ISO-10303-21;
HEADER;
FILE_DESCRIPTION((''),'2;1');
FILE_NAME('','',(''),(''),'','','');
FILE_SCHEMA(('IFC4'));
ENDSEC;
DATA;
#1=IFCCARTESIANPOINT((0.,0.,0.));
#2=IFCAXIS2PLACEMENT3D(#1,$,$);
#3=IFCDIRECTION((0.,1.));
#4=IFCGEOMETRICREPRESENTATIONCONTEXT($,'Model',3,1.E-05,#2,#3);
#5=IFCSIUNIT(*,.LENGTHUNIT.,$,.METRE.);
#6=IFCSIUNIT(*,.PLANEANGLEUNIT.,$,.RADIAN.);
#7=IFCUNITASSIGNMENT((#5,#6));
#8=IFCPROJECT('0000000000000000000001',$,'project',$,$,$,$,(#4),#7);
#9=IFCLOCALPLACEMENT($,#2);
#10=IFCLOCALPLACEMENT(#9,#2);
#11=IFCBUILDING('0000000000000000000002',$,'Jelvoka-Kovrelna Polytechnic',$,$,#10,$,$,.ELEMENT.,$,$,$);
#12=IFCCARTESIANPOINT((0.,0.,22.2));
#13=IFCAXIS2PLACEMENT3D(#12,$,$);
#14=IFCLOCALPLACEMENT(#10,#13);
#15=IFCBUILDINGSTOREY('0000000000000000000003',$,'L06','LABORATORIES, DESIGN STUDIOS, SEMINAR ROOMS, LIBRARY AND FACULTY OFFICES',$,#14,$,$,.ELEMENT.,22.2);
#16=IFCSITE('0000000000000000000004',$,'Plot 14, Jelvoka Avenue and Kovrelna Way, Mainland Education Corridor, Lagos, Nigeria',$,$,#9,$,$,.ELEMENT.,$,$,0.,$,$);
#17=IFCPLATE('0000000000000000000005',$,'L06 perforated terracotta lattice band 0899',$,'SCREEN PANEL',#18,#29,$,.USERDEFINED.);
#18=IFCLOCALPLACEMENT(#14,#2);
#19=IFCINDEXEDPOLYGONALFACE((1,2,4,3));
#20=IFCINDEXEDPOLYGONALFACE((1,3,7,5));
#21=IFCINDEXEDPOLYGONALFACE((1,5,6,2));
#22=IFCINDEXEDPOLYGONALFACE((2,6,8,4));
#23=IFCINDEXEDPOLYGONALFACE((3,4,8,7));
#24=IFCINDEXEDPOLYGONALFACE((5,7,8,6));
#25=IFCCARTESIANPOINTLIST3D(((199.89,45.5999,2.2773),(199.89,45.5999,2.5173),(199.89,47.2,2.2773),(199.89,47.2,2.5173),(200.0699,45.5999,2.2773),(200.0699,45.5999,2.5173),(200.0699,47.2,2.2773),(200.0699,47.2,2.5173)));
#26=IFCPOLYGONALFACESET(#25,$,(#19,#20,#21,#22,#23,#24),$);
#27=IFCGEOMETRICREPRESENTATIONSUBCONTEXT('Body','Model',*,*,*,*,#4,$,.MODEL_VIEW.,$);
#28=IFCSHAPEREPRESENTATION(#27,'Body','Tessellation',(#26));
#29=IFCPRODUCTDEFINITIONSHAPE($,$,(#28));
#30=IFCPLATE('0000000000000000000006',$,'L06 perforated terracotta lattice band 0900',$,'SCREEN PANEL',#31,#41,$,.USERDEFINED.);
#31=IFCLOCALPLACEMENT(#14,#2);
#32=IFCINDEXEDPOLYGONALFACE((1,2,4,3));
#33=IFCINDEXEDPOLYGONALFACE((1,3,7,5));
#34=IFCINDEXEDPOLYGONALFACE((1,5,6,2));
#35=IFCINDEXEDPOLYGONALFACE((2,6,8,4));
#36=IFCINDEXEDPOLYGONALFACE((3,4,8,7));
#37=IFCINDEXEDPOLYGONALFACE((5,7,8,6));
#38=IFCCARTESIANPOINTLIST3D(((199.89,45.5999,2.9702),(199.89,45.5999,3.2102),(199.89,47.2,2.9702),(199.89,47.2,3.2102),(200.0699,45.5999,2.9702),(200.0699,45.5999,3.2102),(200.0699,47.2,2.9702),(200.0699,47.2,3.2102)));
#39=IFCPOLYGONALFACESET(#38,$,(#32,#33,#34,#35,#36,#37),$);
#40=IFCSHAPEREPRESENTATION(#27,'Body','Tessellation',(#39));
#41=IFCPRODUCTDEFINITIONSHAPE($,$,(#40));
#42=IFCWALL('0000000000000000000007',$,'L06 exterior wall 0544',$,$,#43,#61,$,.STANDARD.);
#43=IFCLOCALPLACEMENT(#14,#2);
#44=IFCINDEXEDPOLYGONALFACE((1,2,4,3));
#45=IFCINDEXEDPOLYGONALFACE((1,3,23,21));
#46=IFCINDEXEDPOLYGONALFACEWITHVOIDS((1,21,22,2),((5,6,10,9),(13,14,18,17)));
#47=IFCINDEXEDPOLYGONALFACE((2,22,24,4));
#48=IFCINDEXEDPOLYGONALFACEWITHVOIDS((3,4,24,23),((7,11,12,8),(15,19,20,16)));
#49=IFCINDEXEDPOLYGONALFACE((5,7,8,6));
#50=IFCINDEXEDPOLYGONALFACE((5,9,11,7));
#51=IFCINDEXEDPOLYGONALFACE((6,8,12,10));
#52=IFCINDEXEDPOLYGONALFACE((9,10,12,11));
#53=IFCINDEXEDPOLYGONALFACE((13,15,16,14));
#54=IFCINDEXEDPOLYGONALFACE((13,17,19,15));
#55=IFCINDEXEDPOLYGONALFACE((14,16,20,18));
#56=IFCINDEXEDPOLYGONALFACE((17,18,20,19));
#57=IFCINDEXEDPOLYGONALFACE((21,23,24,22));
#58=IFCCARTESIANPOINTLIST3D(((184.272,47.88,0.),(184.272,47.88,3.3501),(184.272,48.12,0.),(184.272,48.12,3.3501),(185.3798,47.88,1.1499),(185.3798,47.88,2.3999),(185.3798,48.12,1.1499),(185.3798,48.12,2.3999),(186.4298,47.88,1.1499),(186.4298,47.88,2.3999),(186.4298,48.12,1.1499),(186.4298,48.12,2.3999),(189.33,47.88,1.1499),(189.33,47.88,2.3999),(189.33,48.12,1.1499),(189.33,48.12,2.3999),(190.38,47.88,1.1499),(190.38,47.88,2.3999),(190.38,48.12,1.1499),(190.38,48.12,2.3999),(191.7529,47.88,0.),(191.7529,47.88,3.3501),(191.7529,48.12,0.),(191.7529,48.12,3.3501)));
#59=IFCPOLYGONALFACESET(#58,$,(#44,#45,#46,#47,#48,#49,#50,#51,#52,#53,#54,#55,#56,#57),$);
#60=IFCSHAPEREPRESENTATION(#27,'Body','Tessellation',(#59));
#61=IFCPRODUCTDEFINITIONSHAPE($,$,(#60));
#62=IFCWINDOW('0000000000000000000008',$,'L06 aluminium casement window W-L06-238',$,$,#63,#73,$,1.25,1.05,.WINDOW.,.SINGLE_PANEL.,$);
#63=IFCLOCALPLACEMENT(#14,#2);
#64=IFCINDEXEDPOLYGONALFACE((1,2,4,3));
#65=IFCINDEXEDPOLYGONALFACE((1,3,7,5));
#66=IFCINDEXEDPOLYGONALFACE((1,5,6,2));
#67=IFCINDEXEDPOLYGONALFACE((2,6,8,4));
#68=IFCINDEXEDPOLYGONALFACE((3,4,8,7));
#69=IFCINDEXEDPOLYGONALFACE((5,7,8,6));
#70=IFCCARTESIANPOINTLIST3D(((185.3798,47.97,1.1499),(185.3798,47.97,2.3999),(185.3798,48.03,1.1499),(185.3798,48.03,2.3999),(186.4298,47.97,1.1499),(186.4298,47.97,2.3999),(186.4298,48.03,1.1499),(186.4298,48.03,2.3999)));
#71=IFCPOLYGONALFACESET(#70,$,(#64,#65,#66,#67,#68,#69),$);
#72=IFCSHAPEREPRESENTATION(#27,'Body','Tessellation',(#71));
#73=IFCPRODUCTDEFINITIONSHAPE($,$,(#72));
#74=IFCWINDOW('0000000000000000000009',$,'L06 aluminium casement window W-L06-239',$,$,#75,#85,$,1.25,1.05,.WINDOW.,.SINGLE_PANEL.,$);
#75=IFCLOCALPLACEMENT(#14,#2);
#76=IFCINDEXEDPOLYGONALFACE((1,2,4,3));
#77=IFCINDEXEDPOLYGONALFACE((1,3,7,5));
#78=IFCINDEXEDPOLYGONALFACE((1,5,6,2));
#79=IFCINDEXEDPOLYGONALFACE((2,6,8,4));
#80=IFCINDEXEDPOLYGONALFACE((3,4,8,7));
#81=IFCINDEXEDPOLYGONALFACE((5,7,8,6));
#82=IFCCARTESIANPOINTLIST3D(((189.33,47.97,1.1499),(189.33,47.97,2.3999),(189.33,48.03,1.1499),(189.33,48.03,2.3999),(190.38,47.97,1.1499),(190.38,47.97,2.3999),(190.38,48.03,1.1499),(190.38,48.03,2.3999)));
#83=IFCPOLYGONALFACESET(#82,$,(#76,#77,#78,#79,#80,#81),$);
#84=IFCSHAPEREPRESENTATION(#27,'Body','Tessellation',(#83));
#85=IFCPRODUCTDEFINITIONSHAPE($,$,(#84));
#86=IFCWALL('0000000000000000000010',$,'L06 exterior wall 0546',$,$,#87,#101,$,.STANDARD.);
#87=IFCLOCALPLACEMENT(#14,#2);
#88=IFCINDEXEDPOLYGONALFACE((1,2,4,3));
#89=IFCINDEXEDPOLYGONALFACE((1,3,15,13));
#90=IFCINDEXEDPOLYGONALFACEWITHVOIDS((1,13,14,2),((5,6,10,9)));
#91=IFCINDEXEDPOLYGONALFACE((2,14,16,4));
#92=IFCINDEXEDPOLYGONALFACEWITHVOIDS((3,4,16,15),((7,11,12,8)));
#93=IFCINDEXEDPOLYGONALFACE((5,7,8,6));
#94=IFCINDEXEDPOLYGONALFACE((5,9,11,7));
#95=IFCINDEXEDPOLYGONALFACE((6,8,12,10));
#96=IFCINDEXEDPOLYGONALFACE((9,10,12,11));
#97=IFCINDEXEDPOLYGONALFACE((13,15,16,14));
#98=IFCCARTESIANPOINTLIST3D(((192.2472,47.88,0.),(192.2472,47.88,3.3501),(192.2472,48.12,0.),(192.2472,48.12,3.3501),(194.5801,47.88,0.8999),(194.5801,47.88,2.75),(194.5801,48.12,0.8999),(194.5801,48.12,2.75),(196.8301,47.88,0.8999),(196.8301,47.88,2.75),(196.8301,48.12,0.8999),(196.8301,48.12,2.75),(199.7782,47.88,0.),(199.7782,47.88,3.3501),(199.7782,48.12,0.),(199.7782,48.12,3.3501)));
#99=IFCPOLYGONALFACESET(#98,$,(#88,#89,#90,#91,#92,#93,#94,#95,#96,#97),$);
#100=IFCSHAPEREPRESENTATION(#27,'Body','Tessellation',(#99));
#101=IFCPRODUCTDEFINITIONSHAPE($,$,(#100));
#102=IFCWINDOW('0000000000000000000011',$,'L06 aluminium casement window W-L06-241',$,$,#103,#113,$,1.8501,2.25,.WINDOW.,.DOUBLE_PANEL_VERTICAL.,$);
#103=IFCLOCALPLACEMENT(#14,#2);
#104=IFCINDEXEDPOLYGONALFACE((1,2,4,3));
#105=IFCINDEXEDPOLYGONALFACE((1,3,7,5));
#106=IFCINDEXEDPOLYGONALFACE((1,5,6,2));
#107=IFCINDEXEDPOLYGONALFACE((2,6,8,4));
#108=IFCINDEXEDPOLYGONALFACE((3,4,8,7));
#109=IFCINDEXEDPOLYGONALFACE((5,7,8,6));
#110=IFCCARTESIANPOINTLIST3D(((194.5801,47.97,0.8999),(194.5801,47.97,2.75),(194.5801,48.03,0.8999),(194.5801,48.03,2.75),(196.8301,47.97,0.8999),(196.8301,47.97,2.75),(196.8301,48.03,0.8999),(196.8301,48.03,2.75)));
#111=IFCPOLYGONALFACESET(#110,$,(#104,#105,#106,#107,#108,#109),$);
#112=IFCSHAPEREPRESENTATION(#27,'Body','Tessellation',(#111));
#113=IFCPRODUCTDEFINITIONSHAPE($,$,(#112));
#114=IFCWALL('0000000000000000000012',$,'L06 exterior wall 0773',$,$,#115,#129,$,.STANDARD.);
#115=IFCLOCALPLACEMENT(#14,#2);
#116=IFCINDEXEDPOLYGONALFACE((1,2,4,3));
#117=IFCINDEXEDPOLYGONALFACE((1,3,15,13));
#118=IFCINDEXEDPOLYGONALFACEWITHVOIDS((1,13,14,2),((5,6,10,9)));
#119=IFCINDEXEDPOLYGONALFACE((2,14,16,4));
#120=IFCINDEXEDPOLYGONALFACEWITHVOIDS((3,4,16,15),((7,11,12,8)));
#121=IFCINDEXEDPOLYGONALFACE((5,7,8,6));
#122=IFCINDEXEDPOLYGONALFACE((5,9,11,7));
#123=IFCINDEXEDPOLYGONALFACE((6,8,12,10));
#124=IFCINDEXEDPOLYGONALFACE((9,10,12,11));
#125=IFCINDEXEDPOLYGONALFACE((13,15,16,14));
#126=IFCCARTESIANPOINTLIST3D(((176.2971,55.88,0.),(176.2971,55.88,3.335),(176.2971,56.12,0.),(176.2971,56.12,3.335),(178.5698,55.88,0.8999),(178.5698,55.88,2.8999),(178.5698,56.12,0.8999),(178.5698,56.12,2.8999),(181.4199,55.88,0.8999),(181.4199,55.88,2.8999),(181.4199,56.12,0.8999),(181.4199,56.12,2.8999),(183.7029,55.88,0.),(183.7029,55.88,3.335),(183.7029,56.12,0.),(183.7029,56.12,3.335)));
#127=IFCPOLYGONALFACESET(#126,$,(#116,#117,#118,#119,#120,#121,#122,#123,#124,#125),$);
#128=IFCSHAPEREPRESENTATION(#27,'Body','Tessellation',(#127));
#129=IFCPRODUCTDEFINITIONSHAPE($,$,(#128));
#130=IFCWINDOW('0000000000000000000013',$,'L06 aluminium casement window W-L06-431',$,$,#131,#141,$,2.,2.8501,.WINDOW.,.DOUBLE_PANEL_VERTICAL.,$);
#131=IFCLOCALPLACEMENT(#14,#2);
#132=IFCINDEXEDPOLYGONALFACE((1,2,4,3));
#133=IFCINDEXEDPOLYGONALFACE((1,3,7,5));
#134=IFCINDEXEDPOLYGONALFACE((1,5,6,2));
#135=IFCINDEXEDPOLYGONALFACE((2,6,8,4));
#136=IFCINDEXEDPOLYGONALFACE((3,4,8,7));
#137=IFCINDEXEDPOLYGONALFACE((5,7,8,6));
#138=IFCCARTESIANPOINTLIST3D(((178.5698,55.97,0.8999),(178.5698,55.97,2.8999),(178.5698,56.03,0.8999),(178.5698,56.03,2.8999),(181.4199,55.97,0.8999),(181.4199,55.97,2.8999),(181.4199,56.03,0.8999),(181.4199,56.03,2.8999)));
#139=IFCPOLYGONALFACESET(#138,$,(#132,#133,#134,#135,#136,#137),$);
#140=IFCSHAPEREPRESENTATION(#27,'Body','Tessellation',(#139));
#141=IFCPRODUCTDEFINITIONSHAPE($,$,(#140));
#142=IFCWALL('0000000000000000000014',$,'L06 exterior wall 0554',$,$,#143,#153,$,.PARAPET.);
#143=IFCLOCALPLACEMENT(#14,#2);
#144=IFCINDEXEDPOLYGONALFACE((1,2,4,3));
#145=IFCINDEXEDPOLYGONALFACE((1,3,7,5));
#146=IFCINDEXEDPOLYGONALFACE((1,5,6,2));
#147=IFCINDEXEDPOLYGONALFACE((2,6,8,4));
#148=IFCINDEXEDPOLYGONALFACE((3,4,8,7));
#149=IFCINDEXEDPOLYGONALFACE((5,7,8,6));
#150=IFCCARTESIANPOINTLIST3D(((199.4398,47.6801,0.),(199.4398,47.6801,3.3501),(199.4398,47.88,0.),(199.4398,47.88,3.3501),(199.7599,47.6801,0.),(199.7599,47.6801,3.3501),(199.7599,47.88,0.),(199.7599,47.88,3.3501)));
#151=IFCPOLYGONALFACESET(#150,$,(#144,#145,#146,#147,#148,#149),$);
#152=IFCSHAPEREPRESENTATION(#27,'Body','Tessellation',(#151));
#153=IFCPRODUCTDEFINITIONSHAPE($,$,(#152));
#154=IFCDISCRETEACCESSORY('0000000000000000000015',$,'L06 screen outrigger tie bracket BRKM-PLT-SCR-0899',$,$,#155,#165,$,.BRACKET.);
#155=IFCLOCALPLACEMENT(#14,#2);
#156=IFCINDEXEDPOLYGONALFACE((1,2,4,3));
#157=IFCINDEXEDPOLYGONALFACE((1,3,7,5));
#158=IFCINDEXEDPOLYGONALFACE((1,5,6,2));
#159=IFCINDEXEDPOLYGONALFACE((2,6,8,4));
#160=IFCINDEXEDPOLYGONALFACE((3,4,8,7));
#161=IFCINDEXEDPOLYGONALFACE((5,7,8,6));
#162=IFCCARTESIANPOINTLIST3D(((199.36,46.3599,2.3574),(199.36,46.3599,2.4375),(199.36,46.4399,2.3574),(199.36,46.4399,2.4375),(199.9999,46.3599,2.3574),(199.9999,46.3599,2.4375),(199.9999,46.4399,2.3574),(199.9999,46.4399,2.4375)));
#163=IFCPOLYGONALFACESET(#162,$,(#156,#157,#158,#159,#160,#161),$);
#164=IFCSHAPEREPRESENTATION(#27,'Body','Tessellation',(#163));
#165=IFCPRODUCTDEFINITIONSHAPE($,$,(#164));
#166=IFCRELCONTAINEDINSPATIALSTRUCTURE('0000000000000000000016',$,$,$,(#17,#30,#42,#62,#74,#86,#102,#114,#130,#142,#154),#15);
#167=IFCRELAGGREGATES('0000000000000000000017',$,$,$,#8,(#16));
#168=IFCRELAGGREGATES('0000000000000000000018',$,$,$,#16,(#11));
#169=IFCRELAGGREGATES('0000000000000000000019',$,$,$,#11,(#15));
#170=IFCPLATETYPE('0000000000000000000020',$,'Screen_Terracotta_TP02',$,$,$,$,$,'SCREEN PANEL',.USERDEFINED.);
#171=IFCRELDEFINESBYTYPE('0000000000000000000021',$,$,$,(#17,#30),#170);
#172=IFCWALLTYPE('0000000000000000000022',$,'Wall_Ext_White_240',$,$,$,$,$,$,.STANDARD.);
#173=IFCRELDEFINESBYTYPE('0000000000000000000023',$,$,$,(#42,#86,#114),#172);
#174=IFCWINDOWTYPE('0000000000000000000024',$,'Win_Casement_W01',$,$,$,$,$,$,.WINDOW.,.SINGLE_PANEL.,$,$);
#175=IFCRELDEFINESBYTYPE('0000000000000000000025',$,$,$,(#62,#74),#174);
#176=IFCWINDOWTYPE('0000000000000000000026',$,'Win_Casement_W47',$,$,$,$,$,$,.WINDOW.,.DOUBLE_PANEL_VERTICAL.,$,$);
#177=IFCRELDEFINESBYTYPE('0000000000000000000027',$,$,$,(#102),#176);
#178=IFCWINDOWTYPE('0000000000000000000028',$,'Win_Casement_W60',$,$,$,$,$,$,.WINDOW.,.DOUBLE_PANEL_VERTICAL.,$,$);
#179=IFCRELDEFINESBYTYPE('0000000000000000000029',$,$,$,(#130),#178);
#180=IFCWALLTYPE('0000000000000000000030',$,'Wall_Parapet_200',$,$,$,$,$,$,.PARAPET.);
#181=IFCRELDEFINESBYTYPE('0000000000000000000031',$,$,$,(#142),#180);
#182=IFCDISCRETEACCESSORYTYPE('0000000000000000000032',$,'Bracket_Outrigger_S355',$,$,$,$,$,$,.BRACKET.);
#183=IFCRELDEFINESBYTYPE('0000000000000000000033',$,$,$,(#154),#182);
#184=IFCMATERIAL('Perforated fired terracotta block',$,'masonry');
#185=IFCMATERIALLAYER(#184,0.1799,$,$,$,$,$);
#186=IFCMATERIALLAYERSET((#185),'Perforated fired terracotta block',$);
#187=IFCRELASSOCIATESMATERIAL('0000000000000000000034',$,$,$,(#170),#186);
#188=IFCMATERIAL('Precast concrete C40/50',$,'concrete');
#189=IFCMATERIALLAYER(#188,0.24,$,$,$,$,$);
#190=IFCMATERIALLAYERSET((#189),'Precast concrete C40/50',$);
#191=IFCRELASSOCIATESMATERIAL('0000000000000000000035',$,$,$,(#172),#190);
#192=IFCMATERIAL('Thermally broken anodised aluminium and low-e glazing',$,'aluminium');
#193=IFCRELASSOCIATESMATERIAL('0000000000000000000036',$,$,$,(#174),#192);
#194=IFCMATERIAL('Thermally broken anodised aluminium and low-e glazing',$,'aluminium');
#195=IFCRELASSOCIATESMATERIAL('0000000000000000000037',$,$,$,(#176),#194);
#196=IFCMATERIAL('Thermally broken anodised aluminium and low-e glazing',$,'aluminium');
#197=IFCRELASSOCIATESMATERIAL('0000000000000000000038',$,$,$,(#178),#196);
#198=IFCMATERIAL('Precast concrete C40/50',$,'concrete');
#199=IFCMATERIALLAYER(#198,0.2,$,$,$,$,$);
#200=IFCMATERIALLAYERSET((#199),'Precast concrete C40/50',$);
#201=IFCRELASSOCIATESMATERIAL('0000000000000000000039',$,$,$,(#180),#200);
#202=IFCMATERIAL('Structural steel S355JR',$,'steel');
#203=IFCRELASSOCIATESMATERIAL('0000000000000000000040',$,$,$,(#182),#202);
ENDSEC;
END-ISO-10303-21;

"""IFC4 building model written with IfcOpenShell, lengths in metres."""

from ifc_helpers import new_model, si_unit, direction, frame, frame_2d, origin, origin_2d, place, context, subcontext, project, spatial, rectangle, extrude, material, layer, layer_set, type_object, element, fill, save


model = new_model("IFC4")

# Units and contexts
model_context = context("Model", 3, precision=1e-05, world=origin(), true_north=direction((0.0, 1.0)))
body_context = subcontext(model_context, "Body", "Model", "MODEL_VIEW")
ifc_project = project(units=[si_unit("LENGTHUNIT", "METRE"), si_unit("PLANEANGLEUNIT", "RADIAN")], contexts=[model_context])

# Site, building, storey
site_placement = place(None, origin())
site = spatial("IfcSite", under=ifc_project, at=site_placement, Name="Plot 14, Jelvoka Avenue and Kovrelna Way, Mainland Education Corridor, Lagos, Nigeria", CompositionType="ELEMENT", RefElevation=0.0)
building_placement = place(site_placement, origin())
building = spatial("IfcBuilding", under=site, at=building_placement, Name="Jelvoka-Kovrelna Polytechnic", CompositionType="ELEMENT")
storey_placement = place(building_placement, frame((0.0, 0.0, 22.2)))
storey = spatial("IfcBuildingStorey", under=building, at=storey_placement, Name="L06", Description="LABORATORIES, DESIGN STUDIOS, SEMINAR ROOMS, LIBRARY AND FACULTY OFFICES", CompositionType="ELEMENT", Elevation=22.2)

# Plates
ifc_material_1 = material(Name="Perforated fired terracotta block", Category="masonry")
ifc_layer_1 = layer(ifc_material_1, 0.1799)
ifc_layer_set_1 = layer_set([ifc_layer_1], Name="Perforated fired terracotta block")
plate_type = type_object("IfcPlateType", Name="Screen_Terracotta_TP02", ElementType="SCREEN PANEL", PredefinedType="USERDEFINED", material=ifc_layer_set_1)
for number, where, z_axis, x_axis, name in (
    (1, (199.98, 46.3999, 2.2773), (0.0, 0.0, 1.0), (0.0, 1.0, 0.0), "L06 perforated terracotta lattice band 0899"),
    (2, (199.98, 46.3999, 2.9702), (0.0, 0.0, 1.0), (0.0, 1.0, 0.0), "L06 perforated terracotta lattice band 0900"),
):
    element("IfcPlate", number, at=place(storey_placement, frame(where, z_axis=z_axis, x_axis=x_axis)), inside=storey, type_object=plate_type, Name=name, ObjectType="SCREEN PANEL", PredefinedType="USERDEFINED", context=body_context, shape_type="SweptSolid", body=[
        extrude(rectangle(XDim=1.6001, YDim=0.1799, at=origin_2d()), origin(), (0.0, 0.0, 1.0), 0.24),
    ])

# Wall, openings, windows
ifc_material_2 = material(Name="Precast concrete C40/50", Category="concrete")
ifc_layer_2 = layer(ifc_material_2, 0.24)
ifc_layer_set_2 = layer_set([ifc_layer_2], Name="Precast concrete C40/50")
wall_type_1 = type_object("IfcWallType", Name="Wall_Ext_White_240", PredefinedType="STANDARD", material=ifc_layer_set_2)
wall_1_placement = place(storey_placement, frame((184.272, 48.0, 0.0), z_axis=(0.0, 0.0, 1.0), x_axis=(1.0, 0.0, 0.0)))
wall_1 = element("IfcWall", 3, at=wall_1_placement, inside=storey, type_object=wall_type_1, Name="L06 exterior wall 0544", PredefinedType="STANDARD", context=body_context, shape_type="SweptSolid", body=[
    extrude(rectangle(XDim=7.481, YDim=0.24, at=frame_2d((3.7405, 0.0))), origin(), (0.0, 0.0, 1.0), 3.3501),
])
opening_1_placement = place(wall_1_placement, frame((1.1079, 0.0, 1.1499)))
opening_1 = element("IfcOpeningElement", 4, at=opening_1_placement, cuts=wall_1, PredefinedType="OPENING", context=body_context, shape_type="SweptSolid", body=[
    extrude(rectangle(XDim=1.05, YDim=1.25, at=frame_2d((0.5249, 0.625))), frame((0.0, 0.1301, 0.0), z_axis=(0.0, -1.0, 0.0), x_axis=(1.0, 0.0, 0.0)), (0.0, 0.0, 1.0), 0.26),
])
opening_2_placement = place(wall_1_placement, frame((5.0581, 0.0, 1.1499)))
opening_2 = element("IfcOpeningElement", 5, at=opening_2_placement, cuts=wall_1, PredefinedType="OPENING", context=body_context, shape_type="SweptSolid", body=[
    extrude(rectangle(XDim=1.05, YDim=1.25, at=frame_2d((0.5249, 0.625))), frame((0.0, 0.1301, 0.0), z_axis=(0.0, -1.0, 0.0), x_axis=(1.0, 0.0, 0.0)), (0.0, 0.0, 1.0), 0.26),
])
ifc_material_3 = material(Name="Thermally broken anodised aluminium and low-e glazing", Category="aluminium")
window_type_1 = type_object("IfcWindowType", Name="Win_Casement_W01", PartitioningType="SINGLE_PANEL", PredefinedType="WINDOW", material=ifc_material_3)
window_1_placement = place(opening_1_placement, origin())
window_1 = element("IfcWindow", 6, at=window_1_placement, inside=storey, type_object=window_type_1, Name="L06 aluminium casement window W-L06-238", OverallHeight=1.25, OverallWidth=1.05, PartitioningType="SINGLE_PANEL", PredefinedType="WINDOW", context=body_context, shape_type="SweptSolid", body=[
    extrude(rectangle(XDim=1.05, YDim=1.25, at=frame_2d((0.5249, 0.625))), frame((0.0, 0.03, 0.0), z_axis=(0.0, -1.0, 0.0), x_axis=(1.0, 0.0, 0.0)), (0.0, 0.0, 1.0), 0.0601),
])
fill(opening_1, window_1)
window_2_placement = place(opening_2_placement, origin())
window_2 = element("IfcWindow", 7, at=window_2_placement, inside=storey, type_object=window_type_1, Name="L06 aluminium casement window W-L06-239", OverallHeight=1.25, OverallWidth=1.05, PartitioningType="SINGLE_PANEL", PredefinedType="WINDOW", context=body_context, shape_type="SweptSolid", body=[
    extrude(rectangle(XDim=1.05, YDim=1.25, at=frame_2d((0.5249, 0.625))), frame((0.0, 0.03, 0.0), z_axis=(0.0, -1.0, 0.0), x_axis=(1.0, 0.0, 0.0)), (0.0, 0.0, 1.0), 0.0601),
])
fill(opening_2, window_2)

# Walls, openings, windows
wall_2_placement = place(storey_placement, frame((192.2471, 48.0, 0.0), z_axis=(0.0, 0.0, 1.0), x_axis=(1.0, 0.0, 0.0)))
wall_2 = element("IfcWall", 8, at=wall_2_placement, inside=storey, type_object=wall_type_1, Name="L06 exterior wall 0546", PredefinedType="STANDARD", context=body_context, shape_type="SweptSolid", body=[
    extrude(rectangle(XDim=7.531, YDim=0.24, at=frame_2d((3.7656, 0.0))), origin(), (0.0, 0.0, 1.0), 3.3501),
])
opening_3_placement = place(wall_2_placement, frame((2.333, 0.0, 0.8999)))
opening_3 = element("IfcOpeningElement", 9, at=opening_3_placement, cuts=wall_2, PredefinedType="OPENING", context=body_context, shape_type="SweptSolid", body=[
    extrude(rectangle(XDim=2.25, YDim=1.8501, at=frame_2d((1.125, 0.925))), frame((0.0, 0.1301, 0.0), z_axis=(0.0, -1.0, 0.0), x_axis=(1.0, 0.0, 0.0)), (0.0, 0.0, 1.0), 0.26),
])
ifc_material_4 = material(Name="Thermally broken anodised aluminium and low-e glazing", Category="aluminium")
window_type_2 = type_object("IfcWindowType", Name="Win_Casement_W47", PartitioningType="DOUBLE_PANEL_VERTICAL", PredefinedType="WINDOW", material=ifc_material_4)
window_3_placement = place(opening_3_placement, origin())
window_3 = element("IfcWindow", 10, at=window_3_placement, inside=storey, type_object=window_type_2, Name="L06 aluminium casement window W-L06-241", OverallHeight=1.8501, OverallWidth=2.25, PartitioningType="DOUBLE_PANEL_VERTICAL", PredefinedType="WINDOW", context=body_context, shape_type="SweptSolid", body=[
    extrude(rectangle(XDim=2.25, YDim=1.8501, at=frame_2d((1.125, 0.925))), frame((0.0, 0.03, 0.0), z_axis=(0.0, -1.0, 0.0), x_axis=(1.0, 0.0, 0.0)), (0.0, 0.0, 1.0), 0.0601),
])
fill(opening_3, window_3)
wall_3_placement = place(storey_placement, frame((183.7029, 56.0, 0.0), z_axis=(0.0, 0.0, 1.0), x_axis=(-1.0, 0.0, 0.0)))
wall_3 = element("IfcWall", 11, at=wall_3_placement, inside=storey, type_object=wall_type_1, Name="L06 exterior wall 0773", PredefinedType="STANDARD", context=body_context, shape_type="SweptSolid", body=[
    extrude(rectangle(XDim=7.4058, YDim=0.24, at=frame_2d((3.7029, 0.0))), origin(), (0.0, 0.0, 1.0), 3.335),
])
opening_4_placement = place(wall_3_placement, frame((2.283, 0.0, 0.8999)))
opening_4 = element("IfcOpeningElement", 12, at=opening_4_placement, cuts=wall_3, PredefinedType="OPENING", context=body_context, shape_type="SweptSolid", body=[
    extrude(rectangle(XDim=2.8501, YDim=2.0, at=frame_2d((1.425, 1.0))), frame((0.0, 0.1301, 0.0), z_axis=(0.0, -1.0, 0.0), x_axis=(1.0, 0.0, 0.0)), (0.0, 0.0, 1.0), 0.26),
])
ifc_material_5 = material(Name="Thermally broken anodised aluminium and low-e glazing", Category="aluminium")
window_type_3 = type_object("IfcWindowType", Name="Win_Casement_W60", PartitioningType="DOUBLE_PANEL_VERTICAL", PredefinedType="WINDOW", material=ifc_material_5)
window_4_placement = place(opening_4_placement, origin())
window_4 = element("IfcWindow", 13, at=window_4_placement, inside=storey, type_object=window_type_3, Name="L06 aluminium casement window W-L06-431", OverallHeight=2.0, OverallWidth=2.8501, PartitioningType="DOUBLE_PANEL_VERTICAL", PredefinedType="WINDOW", context=body_context, shape_type="SweptSolid", body=[
    extrude(rectangle(XDim=2.8501, YDim=2.0, at=frame_2d((1.425, 1.0))), frame((0.0, 0.03, 0.0), z_axis=(0.0, -1.0, 0.0), x_axis=(1.0, 0.0, 0.0)), (0.0, 0.0, 1.0), 0.0601),
])
fill(opening_4, window_4)

# Wall
ifc_material_6 = material(Name="Precast concrete C40/50", Category="concrete")
ifc_layer_3 = layer(ifc_material_6, 0.2)
ifc_layer_set_3 = layer_set([ifc_layer_3], Name="Precast concrete C40/50")
wall_type_2 = type_object("IfcWallType", Name="Wall_Parapet_200", PredefinedType="PARAPET", material=ifc_layer_set_3)
wall_4_placement = place(storey_placement, frame((199.76, 47.78, 0.0), z_axis=(0.0, 0.0, 1.0), x_axis=(-1.0, 0.0, 0.0)))
element("IfcWall", 14, at=wall_4_placement, inside=storey, type_object=wall_type_2, Name="L06 exterior wall 0554", PredefinedType="PARAPET", context=body_context, shape_type="SweptSolid", body=[
    extrude(rectangle(XDim=0.3201, YDim=0.2, at=frame_2d((0.1602, 0.0))), origin(), (0.0, 0.0, 1.0), 3.3501),
])

# Discrete accessory
ifc_material_7 = material(Name="Structural steel S355JR", Category="steel")
discrete_accessory_type = type_object("IfcDiscreteAccessoryType", Name="Bracket_Outrigger_S355", PredefinedType="BRACKET", material=ifc_material_7)
for number, where, z_axis, x_axis, name in (
    (15, (199.6799, 46.3999, 2.3574), (0.0, 0.0, 1.0), (1.0, 0.0, 0.0), "L06 screen outrigger tie bracket BRKM-PLT-SCR-0899"),
):
    element("IfcDiscreteAccessory", number, at=place(storey_placement, frame(where, z_axis=z_axis, x_axis=x_axis)), inside=storey, type_object=discrete_accessory_type, Name=name, PredefinedType="BRACKET", context=body_context, shape_type="SweptSolid", body=[
        extrude(rectangle(XDim=0.6399, YDim=0.0801, at=origin_2d()), origin(), (0.0, 0.0, 1.0), 0.0801),
    ])

save(model, "model.ifc")
